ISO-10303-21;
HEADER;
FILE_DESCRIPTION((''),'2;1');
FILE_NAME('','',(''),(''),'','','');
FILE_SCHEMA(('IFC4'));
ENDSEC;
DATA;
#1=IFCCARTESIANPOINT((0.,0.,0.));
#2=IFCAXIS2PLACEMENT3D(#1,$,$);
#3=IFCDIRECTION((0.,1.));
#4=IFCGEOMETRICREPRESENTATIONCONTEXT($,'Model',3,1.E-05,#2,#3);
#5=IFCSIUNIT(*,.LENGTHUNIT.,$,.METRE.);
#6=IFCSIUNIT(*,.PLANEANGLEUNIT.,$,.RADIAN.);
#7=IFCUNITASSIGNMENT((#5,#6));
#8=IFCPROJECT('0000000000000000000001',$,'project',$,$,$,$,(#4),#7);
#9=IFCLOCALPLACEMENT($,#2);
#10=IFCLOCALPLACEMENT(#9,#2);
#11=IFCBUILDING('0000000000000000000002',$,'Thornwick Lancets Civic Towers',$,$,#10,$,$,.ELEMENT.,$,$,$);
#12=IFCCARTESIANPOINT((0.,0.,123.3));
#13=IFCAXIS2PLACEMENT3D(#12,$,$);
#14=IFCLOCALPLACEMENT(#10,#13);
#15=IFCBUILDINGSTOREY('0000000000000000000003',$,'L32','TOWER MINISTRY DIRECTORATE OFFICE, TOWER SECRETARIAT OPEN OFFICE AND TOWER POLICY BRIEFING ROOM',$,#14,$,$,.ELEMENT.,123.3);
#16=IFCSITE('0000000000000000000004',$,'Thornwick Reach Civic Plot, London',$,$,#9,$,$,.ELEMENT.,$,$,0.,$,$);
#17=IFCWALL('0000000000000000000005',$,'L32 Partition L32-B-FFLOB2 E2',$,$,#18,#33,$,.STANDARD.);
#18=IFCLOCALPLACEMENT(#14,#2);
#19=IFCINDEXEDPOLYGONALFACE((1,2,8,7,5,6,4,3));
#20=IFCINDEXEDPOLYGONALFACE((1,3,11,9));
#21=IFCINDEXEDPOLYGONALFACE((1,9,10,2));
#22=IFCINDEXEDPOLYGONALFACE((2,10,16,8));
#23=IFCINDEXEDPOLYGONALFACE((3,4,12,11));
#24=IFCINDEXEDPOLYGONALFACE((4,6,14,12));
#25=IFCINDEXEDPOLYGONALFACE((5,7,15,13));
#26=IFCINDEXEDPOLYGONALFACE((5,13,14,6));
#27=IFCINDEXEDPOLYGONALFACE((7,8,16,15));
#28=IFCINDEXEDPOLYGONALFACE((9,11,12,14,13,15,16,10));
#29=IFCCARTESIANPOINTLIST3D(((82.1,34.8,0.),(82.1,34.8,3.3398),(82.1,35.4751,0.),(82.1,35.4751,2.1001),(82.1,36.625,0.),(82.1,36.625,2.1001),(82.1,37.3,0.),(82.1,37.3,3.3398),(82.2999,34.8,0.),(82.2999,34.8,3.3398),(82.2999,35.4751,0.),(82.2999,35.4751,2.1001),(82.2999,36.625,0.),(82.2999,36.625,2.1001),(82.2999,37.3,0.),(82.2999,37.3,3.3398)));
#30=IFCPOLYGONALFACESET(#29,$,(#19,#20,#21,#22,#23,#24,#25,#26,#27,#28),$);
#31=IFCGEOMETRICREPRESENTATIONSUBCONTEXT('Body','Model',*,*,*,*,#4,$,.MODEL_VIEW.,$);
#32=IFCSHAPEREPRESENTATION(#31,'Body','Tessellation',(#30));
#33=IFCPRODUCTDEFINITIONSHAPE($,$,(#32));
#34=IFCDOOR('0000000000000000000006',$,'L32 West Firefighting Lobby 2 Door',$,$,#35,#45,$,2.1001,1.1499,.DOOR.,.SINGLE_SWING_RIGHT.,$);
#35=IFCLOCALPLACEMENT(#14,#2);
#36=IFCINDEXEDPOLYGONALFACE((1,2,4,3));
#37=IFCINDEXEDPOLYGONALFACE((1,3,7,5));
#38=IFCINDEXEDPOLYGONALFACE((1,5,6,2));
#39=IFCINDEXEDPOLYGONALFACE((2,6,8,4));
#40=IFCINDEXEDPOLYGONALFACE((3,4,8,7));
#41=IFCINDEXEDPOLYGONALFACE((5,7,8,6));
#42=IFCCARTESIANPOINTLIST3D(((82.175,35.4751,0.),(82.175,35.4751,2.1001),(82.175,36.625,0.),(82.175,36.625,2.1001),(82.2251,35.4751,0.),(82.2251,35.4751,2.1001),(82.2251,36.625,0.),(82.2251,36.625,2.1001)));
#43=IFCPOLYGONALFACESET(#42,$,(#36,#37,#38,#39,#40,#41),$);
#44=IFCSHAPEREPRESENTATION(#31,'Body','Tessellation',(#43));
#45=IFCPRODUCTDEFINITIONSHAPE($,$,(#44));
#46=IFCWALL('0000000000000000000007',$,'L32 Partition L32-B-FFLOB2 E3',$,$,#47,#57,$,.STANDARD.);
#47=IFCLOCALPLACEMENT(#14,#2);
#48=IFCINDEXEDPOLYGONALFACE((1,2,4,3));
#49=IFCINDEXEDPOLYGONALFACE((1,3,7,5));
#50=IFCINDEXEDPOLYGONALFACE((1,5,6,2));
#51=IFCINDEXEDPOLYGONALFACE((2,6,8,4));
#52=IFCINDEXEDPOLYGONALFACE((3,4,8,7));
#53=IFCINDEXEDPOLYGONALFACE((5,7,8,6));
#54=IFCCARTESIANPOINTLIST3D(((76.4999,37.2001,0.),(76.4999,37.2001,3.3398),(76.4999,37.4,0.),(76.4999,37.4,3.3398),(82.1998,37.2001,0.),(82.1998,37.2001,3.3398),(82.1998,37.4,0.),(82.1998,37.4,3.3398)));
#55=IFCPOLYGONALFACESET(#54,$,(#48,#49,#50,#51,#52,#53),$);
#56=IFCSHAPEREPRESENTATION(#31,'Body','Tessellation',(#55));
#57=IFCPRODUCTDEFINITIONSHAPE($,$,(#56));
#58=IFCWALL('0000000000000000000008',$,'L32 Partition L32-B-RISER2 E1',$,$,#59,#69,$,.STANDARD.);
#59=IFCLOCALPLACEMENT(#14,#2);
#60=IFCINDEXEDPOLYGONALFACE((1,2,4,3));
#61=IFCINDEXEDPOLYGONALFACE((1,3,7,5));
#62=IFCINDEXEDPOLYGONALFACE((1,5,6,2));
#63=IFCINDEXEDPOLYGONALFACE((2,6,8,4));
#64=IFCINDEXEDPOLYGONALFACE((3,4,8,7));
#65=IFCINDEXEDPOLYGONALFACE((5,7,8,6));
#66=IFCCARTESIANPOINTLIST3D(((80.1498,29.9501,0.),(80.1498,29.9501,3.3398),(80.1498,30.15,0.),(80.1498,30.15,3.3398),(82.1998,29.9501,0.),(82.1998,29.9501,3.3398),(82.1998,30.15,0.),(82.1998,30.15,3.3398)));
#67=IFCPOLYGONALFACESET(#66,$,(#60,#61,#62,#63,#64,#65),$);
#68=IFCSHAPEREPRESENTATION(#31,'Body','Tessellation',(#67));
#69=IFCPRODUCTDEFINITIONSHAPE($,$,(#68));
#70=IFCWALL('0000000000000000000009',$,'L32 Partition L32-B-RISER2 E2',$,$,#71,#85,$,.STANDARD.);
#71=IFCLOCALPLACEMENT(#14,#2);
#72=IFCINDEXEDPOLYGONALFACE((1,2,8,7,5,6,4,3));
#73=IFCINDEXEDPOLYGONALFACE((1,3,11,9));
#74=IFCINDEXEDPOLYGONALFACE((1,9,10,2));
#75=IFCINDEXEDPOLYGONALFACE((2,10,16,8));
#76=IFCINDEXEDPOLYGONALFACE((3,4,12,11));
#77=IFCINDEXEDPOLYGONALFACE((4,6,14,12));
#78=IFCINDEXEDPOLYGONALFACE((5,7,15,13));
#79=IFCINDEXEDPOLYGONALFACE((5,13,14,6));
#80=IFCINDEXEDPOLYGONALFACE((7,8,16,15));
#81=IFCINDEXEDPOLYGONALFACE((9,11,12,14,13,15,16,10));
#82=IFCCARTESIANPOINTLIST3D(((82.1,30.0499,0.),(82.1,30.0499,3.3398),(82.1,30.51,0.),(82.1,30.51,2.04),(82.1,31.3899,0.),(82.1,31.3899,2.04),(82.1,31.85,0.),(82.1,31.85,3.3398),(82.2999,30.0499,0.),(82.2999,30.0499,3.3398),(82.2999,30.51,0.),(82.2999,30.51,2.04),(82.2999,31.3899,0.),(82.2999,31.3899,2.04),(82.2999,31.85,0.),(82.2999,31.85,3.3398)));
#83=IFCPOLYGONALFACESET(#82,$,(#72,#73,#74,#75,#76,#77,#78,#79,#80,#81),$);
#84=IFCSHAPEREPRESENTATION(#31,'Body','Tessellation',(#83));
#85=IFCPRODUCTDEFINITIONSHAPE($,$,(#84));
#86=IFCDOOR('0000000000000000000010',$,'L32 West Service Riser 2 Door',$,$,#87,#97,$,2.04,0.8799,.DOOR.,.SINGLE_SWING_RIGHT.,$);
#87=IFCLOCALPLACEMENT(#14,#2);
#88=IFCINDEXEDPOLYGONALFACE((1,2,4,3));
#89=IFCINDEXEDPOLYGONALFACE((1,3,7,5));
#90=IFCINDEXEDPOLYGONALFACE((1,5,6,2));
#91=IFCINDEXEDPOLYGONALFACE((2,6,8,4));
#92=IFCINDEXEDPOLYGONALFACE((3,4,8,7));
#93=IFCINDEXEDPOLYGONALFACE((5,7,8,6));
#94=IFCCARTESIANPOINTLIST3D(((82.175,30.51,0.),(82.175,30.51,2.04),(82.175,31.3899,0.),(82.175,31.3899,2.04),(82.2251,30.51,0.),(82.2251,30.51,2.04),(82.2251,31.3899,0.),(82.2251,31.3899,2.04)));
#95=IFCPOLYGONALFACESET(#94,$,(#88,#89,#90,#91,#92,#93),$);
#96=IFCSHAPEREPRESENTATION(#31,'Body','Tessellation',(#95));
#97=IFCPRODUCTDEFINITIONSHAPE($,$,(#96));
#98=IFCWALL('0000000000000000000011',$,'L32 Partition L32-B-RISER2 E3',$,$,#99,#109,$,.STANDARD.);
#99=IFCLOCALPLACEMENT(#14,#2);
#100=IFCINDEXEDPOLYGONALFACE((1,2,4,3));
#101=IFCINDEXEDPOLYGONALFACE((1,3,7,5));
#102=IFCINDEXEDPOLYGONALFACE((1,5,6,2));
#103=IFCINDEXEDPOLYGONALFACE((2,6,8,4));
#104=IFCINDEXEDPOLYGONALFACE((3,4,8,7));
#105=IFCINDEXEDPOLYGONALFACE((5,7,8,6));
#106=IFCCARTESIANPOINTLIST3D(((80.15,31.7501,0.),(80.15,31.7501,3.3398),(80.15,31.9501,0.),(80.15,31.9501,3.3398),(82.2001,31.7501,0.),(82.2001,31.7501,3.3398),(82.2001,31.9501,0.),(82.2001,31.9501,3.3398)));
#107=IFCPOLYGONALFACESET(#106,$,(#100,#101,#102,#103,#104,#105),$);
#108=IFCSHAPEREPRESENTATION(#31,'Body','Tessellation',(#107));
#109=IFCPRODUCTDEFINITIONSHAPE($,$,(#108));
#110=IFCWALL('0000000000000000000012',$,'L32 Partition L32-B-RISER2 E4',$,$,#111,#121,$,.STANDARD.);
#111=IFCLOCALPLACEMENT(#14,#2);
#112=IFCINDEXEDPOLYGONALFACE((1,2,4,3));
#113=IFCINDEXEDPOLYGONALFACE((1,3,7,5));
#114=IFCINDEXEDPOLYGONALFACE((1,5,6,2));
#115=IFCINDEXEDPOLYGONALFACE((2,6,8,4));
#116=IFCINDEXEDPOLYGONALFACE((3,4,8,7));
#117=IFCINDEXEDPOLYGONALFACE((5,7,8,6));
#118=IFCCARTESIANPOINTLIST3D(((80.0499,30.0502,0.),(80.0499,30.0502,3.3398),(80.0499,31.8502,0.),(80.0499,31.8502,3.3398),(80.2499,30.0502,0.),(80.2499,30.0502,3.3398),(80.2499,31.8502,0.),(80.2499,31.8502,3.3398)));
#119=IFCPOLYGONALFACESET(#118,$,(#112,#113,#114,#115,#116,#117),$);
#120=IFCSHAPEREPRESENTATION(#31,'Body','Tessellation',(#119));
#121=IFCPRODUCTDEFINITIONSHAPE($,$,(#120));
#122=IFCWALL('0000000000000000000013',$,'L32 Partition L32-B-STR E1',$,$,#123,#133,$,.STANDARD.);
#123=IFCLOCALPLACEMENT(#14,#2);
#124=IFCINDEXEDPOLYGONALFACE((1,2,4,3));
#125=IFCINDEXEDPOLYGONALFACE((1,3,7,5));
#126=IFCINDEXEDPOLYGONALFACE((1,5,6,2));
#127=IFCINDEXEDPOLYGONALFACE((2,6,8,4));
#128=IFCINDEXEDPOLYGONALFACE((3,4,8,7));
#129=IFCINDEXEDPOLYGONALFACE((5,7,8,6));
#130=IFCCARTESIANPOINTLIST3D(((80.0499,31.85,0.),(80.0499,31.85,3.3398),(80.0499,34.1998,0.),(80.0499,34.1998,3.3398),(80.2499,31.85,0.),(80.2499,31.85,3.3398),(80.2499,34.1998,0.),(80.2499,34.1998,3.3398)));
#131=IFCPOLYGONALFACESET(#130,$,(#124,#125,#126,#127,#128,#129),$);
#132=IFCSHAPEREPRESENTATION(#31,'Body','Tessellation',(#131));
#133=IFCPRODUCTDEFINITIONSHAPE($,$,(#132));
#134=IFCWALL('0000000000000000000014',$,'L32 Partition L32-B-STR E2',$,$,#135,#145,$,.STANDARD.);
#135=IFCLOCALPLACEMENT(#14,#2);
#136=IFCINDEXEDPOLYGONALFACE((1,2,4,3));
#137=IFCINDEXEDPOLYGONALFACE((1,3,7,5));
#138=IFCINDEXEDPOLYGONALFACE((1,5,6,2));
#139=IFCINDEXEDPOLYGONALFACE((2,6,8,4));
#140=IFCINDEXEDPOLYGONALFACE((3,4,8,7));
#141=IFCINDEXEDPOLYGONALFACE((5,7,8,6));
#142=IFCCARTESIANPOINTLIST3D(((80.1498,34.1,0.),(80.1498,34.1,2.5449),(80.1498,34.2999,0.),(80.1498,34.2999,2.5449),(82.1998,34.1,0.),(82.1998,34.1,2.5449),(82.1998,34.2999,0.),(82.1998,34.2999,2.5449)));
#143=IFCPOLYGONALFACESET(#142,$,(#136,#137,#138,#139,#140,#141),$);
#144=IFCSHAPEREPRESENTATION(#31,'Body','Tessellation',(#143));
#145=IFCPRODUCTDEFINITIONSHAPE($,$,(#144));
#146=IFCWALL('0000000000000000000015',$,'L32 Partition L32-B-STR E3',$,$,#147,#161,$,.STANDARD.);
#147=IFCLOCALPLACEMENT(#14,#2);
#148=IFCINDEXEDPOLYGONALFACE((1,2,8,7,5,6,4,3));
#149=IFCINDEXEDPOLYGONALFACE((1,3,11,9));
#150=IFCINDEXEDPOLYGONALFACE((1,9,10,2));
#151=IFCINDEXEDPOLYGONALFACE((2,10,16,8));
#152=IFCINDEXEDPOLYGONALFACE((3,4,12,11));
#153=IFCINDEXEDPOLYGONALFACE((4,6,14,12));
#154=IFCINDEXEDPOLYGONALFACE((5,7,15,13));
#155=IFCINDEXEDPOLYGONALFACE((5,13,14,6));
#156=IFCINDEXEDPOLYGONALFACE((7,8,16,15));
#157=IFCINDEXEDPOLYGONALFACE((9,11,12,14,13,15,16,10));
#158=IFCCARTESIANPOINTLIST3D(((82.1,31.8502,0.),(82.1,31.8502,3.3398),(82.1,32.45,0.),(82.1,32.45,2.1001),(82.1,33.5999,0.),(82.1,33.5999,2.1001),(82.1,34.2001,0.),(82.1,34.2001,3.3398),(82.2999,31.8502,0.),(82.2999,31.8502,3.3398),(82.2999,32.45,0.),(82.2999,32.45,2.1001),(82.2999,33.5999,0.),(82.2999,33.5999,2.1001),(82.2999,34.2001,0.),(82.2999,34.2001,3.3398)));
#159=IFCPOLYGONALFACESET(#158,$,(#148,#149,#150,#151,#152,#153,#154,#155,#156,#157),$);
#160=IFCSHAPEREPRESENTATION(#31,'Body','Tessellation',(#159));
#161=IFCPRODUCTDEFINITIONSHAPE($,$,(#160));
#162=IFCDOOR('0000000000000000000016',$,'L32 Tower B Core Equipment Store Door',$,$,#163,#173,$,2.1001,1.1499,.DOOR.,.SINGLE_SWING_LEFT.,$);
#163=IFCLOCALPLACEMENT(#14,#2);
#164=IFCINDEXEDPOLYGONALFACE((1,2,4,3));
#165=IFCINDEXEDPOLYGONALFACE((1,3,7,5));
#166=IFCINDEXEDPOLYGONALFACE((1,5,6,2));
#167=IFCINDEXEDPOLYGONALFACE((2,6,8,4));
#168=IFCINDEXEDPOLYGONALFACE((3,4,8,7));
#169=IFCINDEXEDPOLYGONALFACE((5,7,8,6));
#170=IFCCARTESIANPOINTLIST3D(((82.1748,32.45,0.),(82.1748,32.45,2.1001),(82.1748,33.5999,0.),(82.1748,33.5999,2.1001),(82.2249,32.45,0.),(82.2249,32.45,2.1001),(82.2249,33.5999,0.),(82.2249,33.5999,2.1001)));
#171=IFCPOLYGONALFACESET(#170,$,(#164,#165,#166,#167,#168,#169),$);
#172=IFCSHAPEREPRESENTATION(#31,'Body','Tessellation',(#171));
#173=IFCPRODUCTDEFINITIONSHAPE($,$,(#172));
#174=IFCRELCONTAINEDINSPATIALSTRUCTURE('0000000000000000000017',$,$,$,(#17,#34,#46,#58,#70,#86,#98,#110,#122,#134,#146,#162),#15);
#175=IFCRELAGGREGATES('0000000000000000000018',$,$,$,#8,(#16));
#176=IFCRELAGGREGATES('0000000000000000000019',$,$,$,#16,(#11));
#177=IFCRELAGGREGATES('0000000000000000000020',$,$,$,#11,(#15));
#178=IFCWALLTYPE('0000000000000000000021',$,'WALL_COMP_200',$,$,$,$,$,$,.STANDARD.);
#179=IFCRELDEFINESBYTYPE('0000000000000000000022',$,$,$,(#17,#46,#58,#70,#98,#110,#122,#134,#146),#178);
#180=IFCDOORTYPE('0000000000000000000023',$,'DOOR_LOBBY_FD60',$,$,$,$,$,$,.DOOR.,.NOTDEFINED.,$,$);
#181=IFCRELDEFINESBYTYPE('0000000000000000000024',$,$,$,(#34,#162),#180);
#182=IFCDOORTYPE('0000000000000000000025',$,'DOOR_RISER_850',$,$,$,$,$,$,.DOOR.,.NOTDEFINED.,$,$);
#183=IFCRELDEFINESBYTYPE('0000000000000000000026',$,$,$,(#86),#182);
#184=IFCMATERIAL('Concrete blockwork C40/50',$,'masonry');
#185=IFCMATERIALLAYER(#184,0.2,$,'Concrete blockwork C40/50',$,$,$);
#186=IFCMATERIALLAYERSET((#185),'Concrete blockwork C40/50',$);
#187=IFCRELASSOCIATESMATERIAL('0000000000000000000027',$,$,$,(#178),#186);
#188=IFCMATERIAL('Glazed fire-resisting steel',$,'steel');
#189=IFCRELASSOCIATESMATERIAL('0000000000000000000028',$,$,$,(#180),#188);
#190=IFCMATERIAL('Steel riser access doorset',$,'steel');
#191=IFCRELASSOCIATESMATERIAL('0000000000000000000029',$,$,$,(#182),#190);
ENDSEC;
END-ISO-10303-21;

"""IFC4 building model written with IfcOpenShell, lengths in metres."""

from ifc_helpers import new_model, si_unit, direction, frame, frame_2d, origin, place, context, subcontext, project, spatial, rectangle, extrude, material, layer, layer_set, type_object, element, fill, save


model = new_model("IFC4")

# Units and contexts
model_context = context("Model", 3, precision=1e-05, world=origin(), true_north=direction((0.0, 1.0)))
body_context = subcontext(model_context, "Body", "Model", "MODEL_VIEW")
ifc_project = project(units=[si_unit("LENGTHUNIT", "METRE"), si_unit("PLANEANGLEUNIT", "RADIAN")], contexts=[model_context])

# Site, building, storey
site_placement = place(None, origin())
site = spatial("IfcSite", under=ifc_project, at=site_placement, Name="Thornwick Reach Civic Plot, London", CompositionType="ELEMENT", RefElevation=0.0)
building_placement = place(site_placement, origin())
building = spatial("IfcBuilding", under=site, at=building_placement, Name="Thornwick Lancets Civic Towers", CompositionType="ELEMENT")
storey_placement = place(building_placement, frame((0.0, 0.0, 123.3)))
storey = spatial("IfcBuildingStorey", under=building, at=storey_placement, Name="L32", Description="TOWER MINISTRY DIRECTORATE OFFICE, TOWER SECRETARIAT OPEN OFFICE AND TOWER POLICY BRIEFING ROOM", CompositionType="ELEMENT", Elevation=123.3)

# Shared definitions
ifc_material_1 = material(Name="Concrete blockwork C40/50", Category="masonry")
ifc_layer_1 = layer(ifc_material_1, 0.2, Name="Concrete blockwork C40/50")
ifc_layer_set_1 = layer_set([ifc_layer_1], Name="Concrete blockwork C40/50")
wall_type_1 = type_object("IfcWallType", Name="WALL_COMP_200", PredefinedType="STANDARD", material=ifc_layer_set_1)

# Wall, opening, door
wall_1_placement = place(storey_placement, frame((82.2, 34.8, 0.0), z_axis=(0.0, 0.0, 1.0), x_axis=(0.0, 1.0, 0.0)))
wall_1 = element("IfcWall", 1, at=wall_1_placement, inside=storey, type_object=wall_type_1, Name="L32 Partition L32-B-FFLOB2 E2", PredefinedType="STANDARD", context=body_context, shape_type="SweptSolid", body=[
    extrude(rectangle(XDim=2.5, YDim=0.2, at=frame_2d((1.25, 0.0))), origin(), (0.0, 0.0, 1.0), 3.3398),
])
opening_1_placement = place(wall_1_placement, frame((0.675, 0.0, 0.0)))
opening_1 = element("IfcOpeningElement", 2, at=opening_1_placement, cuts=wall_1, PredefinedType="OPENING", context=body_context, shape_type="SweptSolid", body=[
    extrude(rectangle(XDim=1.1499, YDim=2.1001, at=frame_2d((0.575, 1.05))), frame((0.0, 0.1099, 0.0), z_axis=(0.0, -1.0, 0.0), x_axis=(1.0, 0.0, 0.0)), (0.0, 0.0, 1.0), 0.22),
])
ifc_material_2 = material(Name="Glazed fire-resisting steel", Category="steel")
door_type_1 = type_object("IfcDoorType", Name="DOOR_LOBBY_FD60", OperationType="NOTDEFINED", PredefinedType="DOOR", material=ifc_material_2)
door_1_placement = place(opening_1_placement, origin())
door_1 = element("IfcDoor", 3, at=door_1_placement, inside=storey, type_object=door_type_1, Name="L32 West Firefighting Lobby 2 Door", OperationType="SINGLE_SWING_RIGHT", OverallHeight=2.1001, OverallWidth=1.1499, PredefinedType="DOOR", context=body_context, shape_type="SweptSolid", body=[
    extrude(rectangle(XDim=1.1499, YDim=2.1001, at=frame_2d((0.575, 1.05))), frame((0.0, 0.0249, 0.0), z_axis=(0.0, -1.0, 0.0), x_axis=(1.0, 0.0, 0.0)), (0.0, 0.0, 1.0), 0.05),
])
fill(opening_1, door_1)

# Walls
wall_2_placement = place(storey_placement, frame((82.2, 37.3, 0.0), z_axis=(0.0, 0.0, 1.0), x_axis=(-1.0, 0.0, 0.0)))
element("IfcWall", 4, at=wall_2_placement, inside=storey, type_object=wall_type_1, Name="L32 Partition L32-B-FFLOB2 E3", PredefinedType="STANDARD", context=body_context, shape_type="SweptSolid", body=[
    extrude(rectangle(XDim=5.7, YDim=0.2, at=frame_2d((2.8501, 0.0))), origin(), (0.0, 0.0, 1.0), 3.3398),
])
wall_3_placement = place(storey_placement, frame((80.1499, 30.05, 0.0), z_axis=(0.0, 0.0, 1.0), x_axis=(1.0, 0.0, 0.0)))
element("IfcWall", 5, at=wall_3_placement, inside=storey, type_object=wall_type_1, Name="L32 Partition L32-B-RISER2 E1", PredefinedType="STANDARD", context=body_context, shape_type="SweptSolid", body=[
    extrude(rectangle(XDim=2.05, YDim=0.2, at=frame_2d((1.0249, 0.0))), origin(), (0.0, 0.0, 1.0), 3.3398),
])

# Wall, opening, door
wall_4_placement = place(storey_placement, frame((82.2, 30.05, 0.0), z_axis=(0.0, 0.0, 1.0), x_axis=(0.0, 1.0, 0.0)))
wall_4 = element("IfcWall", 6, at=wall_4_placement, inside=storey, type_object=wall_type_1, Name="L32 Partition L32-B-RISER2 E2", PredefinedType="STANDARD", context=body_context, shape_type="SweptSolid", body=[
    extrude(rectangle(XDim=1.8, YDim=0.2, at=frame_2d((0.8999, 0.0))), origin(), (0.0, 0.0, 1.0), 3.3398),
])
opening_2_placement = place(wall_4_placement, frame((0.46, 0.0, 0.0)))
opening_2 = element("IfcOpeningElement", 7, at=opening_2_placement, cuts=wall_4, PredefinedType="OPENING", context=body_context, shape_type="SweptSolid", body=[
    extrude(rectangle(XDim=0.8799, YDim=2.04, at=frame_2d((0.4399, 1.02))), frame((0.0, 0.1099, 0.0), z_axis=(0.0, -1.0, 0.0), x_axis=(1.0, 0.0, 0.0)), (0.0, 0.0, 1.0), 0.22),
])
ifc_material_3 = material(Name="Steel riser access doorset", Category="steel")
door_type_2 = type_object("IfcDoorType", Name="DOOR_RISER_850", OperationType="NOTDEFINED", PredefinedType="DOOR", material=ifc_material_3)
door_2_placement = place(opening_2_placement, origin())
door_2 = element("IfcDoor", 8, at=door_2_placement, inside=storey, type_object=door_type_2, Name="L32 West Service Riser 2 Door", OperationType="SINGLE_SWING_RIGHT", OverallHeight=2.04, OverallWidth=0.8799, PredefinedType="DOOR", context=body_context, shape_type="SweptSolid", body=[
    extrude(rectangle(XDim=0.8799, YDim=2.04, at=frame_2d((0.4399, 1.02))), frame((0.0, 0.0249, 0.0), z_axis=(0.0, -1.0, 0.0), x_axis=(1.0, 0.0, 0.0)), (0.0, 0.0, 1.0), 0.05),
])
fill(opening_2, door_2)

# Walls
wall_5_placement = place(storey_placement, frame((82.2, 31.8501, 0.0), z_axis=(0.0, 0.0, 1.0), x_axis=(-1.0, 0.0, 0.0)))
element("IfcWall", 9, at=wall_5_placement, inside=storey, type_object=wall_type_1, Name="L32 Partition L32-B-RISER2 E3", PredefinedType="STANDARD", context=body_context, shape_type="SweptSolid", body=[
    extrude(rectangle(XDim=2.05, YDim=0.2, at=frame_2d((1.0249, 0.0))), origin(), (0.0, 0.0, 1.0), 3.3398),
])
wall_6_placement = place(storey_placement, frame((80.1499, 31.8501, 0.0), z_axis=(0.0, 0.0, 1.0), x_axis=(0.0, -1.0, 0.0)))
element("IfcWall", 10, at=wall_6_placement, inside=storey, type_object=wall_type_1, Name="L32 Partition L32-B-RISER2 E4", PredefinedType="STANDARD", context=body_context, shape_type="SweptSolid", body=[
    extrude(rectangle(XDim=1.8, YDim=0.2, at=frame_2d((0.8999, 0.0))), origin(), (0.0, 0.0, 1.0), 3.3398),
])
wall_7_placement = place(storey_placement, frame((80.1499, 31.8501, 0.0), z_axis=(0.0, 0.0, 1.0), x_axis=(0.0, 1.0, 0.0)))
element("IfcWall", 11, at=wall_7_placement, inside=storey, type_object=wall_type_1, Name="L32 Partition L32-B-STR E1", PredefinedType="STANDARD", context=body_context, shape_type="SweptSolid", body=[
    extrude(rectangle(XDim=2.3499, YDim=0.2, at=frame_2d((1.1748, 0.0))), origin(), (0.0, 0.0, 1.0), 3.3398),
])
wall_8_placement = place(storey_placement, frame((80.1499, 34.2, 0.0), z_axis=(0.0, 0.0, 1.0), x_axis=(1.0, 0.0, 0.0)))
element("IfcWall", 12, at=wall_8_placement, inside=storey, type_object=wall_type_1, Name="L32 Partition L32-B-STR E2", PredefinedType="STANDARD", context=body_context, shape_type="SweptSolid", body=[
    extrude(rectangle(XDim=2.05, YDim=0.2, at=frame_2d((1.0249, 0.0))), origin(), (0.0, 0.0, 1.0), 2.5449),
])

# Wall, opening, door
wall_9_placement = place(storey_placement, frame((82.2, 34.2, 0.0), z_axis=(0.0, 0.0, 1.0), x_axis=(0.0, -1.0, 0.0)))
wall_9 = element("IfcWall", 13, at=wall_9_placement, inside=storey, type_object=wall_type_1, Name="L32 Partition L32-B-STR E3", PredefinedType="STANDARD", context=body_context, shape_type="SweptSolid", body=[
    extrude(rectangle(XDim=2.3499, YDim=0.2, at=frame_2d((1.1748, 0.0))), origin(), (0.0, 0.0, 1.0), 3.3398),
])
opening_3_placement = place(wall_9_placement, frame((0.6001, 0.0, 0.0)))
opening_3 = element("IfcOpeningElement", 14, at=opening_3_placement, cuts=wall_9, PredefinedType="OPENING", context=body_context, shape_type="SweptSolid", body=[
    extrude(rectangle(XDim=1.1499, YDim=2.1001, at=frame_2d((0.575, 1.05))), frame((0.0, 0.1099, 0.0), z_axis=(0.0, -1.0, 0.0), x_axis=(1.0, 0.0, 0.0)), (0.0, 0.0, 1.0), 0.22),
])
door_3_placement = place(opening_3_placement, origin())
door_3 = element("IfcDoor", 15, at=door_3_placement, inside=storey, type_object=door_type_1, Name="L32 Tower B Core Equipment Store Door", OperationType="SINGLE_SWING_LEFT", OverallHeight=2.1001, OverallWidth=1.1499, PredefinedType="DOOR", context=body_context, shape_type="SweptSolid", body=[
    extrude(rectangle(XDim=1.1499, YDim=2.1001, at=frame_2d((0.575, 1.05))), frame((0.0, 0.0249, 0.0), z_axis=(0.0, -1.0, 0.0), x_axis=(1.0, 0.0, 0.0)), (0.0, 0.0, 1.0), 0.05),
])
fill(opening_3, door_3)

save(model, "model.ifc")
